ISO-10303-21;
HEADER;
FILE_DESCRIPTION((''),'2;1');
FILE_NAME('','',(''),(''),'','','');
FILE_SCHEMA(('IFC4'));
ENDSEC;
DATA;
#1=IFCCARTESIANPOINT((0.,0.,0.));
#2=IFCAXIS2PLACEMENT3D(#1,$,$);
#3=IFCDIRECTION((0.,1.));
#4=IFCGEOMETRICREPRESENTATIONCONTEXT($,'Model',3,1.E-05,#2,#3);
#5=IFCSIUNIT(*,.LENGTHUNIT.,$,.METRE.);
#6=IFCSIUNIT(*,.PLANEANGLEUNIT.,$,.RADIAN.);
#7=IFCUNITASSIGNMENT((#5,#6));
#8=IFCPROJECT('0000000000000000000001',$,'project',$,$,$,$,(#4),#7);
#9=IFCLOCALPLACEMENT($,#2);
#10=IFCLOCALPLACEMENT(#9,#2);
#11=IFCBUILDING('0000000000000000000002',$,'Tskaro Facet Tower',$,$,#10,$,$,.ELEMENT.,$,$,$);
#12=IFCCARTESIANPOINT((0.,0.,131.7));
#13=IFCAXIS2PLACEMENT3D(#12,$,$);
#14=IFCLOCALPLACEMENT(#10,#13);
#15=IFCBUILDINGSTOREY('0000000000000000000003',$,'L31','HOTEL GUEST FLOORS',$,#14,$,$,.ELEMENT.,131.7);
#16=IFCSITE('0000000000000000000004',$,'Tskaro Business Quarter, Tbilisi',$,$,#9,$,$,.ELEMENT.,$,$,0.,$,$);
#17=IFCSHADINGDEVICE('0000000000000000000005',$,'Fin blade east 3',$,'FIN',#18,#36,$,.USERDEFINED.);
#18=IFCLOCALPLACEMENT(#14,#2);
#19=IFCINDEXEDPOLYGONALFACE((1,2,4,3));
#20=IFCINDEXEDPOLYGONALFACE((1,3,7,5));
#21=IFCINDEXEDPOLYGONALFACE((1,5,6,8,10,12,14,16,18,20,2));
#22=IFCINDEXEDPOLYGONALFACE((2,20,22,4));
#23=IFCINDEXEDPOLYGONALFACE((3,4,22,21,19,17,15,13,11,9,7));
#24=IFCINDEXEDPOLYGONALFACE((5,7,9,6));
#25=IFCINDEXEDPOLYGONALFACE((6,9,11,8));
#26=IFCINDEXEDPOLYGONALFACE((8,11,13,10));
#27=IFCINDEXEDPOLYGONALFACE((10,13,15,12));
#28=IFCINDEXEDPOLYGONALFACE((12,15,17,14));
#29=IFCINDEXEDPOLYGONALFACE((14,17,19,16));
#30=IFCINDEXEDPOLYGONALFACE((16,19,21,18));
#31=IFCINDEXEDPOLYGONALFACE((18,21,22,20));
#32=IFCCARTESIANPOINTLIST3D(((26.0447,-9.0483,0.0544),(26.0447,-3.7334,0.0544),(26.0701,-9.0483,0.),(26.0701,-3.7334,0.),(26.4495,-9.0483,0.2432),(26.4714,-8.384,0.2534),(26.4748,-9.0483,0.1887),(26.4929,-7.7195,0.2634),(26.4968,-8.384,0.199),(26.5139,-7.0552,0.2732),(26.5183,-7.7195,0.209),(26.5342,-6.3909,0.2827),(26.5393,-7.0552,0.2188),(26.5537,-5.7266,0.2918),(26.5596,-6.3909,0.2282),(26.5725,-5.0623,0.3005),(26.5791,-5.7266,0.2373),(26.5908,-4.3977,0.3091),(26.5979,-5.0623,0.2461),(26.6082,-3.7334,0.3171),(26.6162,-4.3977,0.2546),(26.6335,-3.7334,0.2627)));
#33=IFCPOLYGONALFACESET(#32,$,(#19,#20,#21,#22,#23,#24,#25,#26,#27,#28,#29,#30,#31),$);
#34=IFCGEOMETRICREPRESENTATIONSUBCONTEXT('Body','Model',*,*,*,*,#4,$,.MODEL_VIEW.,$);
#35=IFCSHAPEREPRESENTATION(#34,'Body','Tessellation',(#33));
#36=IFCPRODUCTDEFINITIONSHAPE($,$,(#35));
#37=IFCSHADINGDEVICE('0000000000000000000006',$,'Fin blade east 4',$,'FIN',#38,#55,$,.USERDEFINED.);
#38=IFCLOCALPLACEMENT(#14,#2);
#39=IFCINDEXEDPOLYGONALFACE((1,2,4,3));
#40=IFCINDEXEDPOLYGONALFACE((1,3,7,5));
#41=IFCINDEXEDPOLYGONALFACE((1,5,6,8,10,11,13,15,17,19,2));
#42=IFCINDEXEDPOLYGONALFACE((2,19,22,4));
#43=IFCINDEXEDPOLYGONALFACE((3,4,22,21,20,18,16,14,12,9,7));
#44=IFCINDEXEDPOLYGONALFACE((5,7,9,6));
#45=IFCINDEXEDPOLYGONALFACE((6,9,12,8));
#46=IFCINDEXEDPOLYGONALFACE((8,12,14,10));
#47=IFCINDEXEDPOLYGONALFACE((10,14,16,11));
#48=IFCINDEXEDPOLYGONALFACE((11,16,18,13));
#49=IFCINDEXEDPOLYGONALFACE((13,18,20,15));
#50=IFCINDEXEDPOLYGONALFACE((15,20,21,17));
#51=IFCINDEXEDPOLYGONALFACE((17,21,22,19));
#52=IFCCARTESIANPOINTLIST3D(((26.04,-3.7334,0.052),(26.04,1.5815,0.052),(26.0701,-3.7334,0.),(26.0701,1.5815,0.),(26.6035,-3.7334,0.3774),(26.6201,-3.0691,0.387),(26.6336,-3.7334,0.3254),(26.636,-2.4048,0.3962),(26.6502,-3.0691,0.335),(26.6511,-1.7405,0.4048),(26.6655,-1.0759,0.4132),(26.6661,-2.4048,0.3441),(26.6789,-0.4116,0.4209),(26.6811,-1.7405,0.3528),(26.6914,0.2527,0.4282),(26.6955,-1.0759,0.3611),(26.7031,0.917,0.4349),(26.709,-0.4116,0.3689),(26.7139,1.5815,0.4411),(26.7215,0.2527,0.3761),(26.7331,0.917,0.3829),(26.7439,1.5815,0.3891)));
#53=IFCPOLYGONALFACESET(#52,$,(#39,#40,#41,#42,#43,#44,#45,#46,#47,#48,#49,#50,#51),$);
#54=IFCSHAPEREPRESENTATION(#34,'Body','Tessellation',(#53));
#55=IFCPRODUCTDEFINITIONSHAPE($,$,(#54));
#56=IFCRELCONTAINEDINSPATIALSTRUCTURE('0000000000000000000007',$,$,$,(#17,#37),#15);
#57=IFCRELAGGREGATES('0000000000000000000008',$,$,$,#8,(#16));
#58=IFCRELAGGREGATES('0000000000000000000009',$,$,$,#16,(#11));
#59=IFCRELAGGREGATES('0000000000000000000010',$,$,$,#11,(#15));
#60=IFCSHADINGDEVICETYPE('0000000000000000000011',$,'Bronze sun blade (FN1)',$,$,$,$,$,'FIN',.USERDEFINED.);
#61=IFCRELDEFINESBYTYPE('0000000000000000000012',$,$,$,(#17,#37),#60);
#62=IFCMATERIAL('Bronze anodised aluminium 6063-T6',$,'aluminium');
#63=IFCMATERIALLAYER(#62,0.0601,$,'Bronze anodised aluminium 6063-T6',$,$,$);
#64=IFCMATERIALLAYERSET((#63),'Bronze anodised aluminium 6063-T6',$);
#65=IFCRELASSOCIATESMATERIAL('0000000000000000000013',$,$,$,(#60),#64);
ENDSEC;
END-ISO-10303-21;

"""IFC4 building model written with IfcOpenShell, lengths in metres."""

from ifc_helpers import new_model, si_unit, direction, frame, origin, place, context, subcontext, project, spatial, polyline, outline, extrude, material, layer, layer_set, type_object, element, save


model = new_model("IFC4")

# Units and contexts
model_context = context("Model", 3, precision=1e-05, world=origin(), true_north=direction((0.0, 1.0)))
body_context = subcontext(model_context, "Body", "Model", "MODEL_VIEW")
ifc_project = project(units=[si_unit("LENGTHUNIT", "METRE"), si_unit("PLANEANGLEUNIT", "RADIAN")], contexts=[model_context])

# Site, building, storey
site_placement = place(None, origin())
site = spatial("IfcSite", under=ifc_project, at=site_placement, Name="Tskaro Business Quarter, Tbilisi", CompositionType="ELEMENT", RefElevation=0.0)
building_placement = place(site_placement, origin())
building = spatial("IfcBuilding", under=site, at=building_placement, Name="Tskaro Facet Tower", CompositionType="ELEMENT")
storey_placement = place(building_placement, frame((0.0, 0.0, 131.7)))
storey = spatial("IfcBuildingStorey", under=building, at=storey_placement, Name="L31", Description="HOTEL GUEST FLOORS", CompositionType="ELEMENT", Elevation=131.7)

# Shared definitions
ifc_material_1 = material(Name="Bronze anodised aluminium 6063-T6", Category="aluminium")

# Shading devices
ifc_layer_1 = layer(ifc_material_1, 0.0601, Name="Bronze anodised aluminium 6063-T6")
ifc_layer_set_1 = layer_set([ifc_layer_1], Name="Bronze anodised aluminium 6063-T6")
shading_device_type = type_object("IfcShadingDeviceType", Name="Bronze sun blade (FN1)", ElementType="FIN", PredefinedType="USERDEFINED", material=ifc_layer_set_1)
shading_device_1_placement = place(storey_placement, frame((26.0447, -9.0483, 0.0544), z_axis=(-0.422564, 0.000001, 0.906333), x_axis=(0.000001, 1.0, -0.000001)))
element("IfcShadingDevice", 1, at=shading_device_1_placement, inside=storey, type_object=shading_device_type, Name="Fin blade east 3", ObjectType="FIN", PredefinedType="USERDEFINED", context=body_context, shape_type="SweptSolid", body=[
    extrude(outline(polyline([(0.0, 0.0), (5.3149, 0.0), (5.3149, -0.6217), (4.6506, -0.6026), (3.9861, -0.5824), (3.3218, -0.5616), (2.6575, -0.5401), (1.9932, -0.5177), (1.3289, -0.4946), (0.6643, -0.4709), (0.0, -0.4466), (0.0, 0.0)])), origin(), (0.0, 0.0, -1.0), 0.0601),
])
shading_device_2_placement = place(storey_placement, frame((26.04, -3.7334, 0.052), z_axis=(-0.500055, -0.000001, 0.865993), x_axis=(0.0, 1.0, 0.000001)))
element("IfcShadingDevice", 2, at=shading_device_2_placement, inside=storey, type_object=shading_device_type, Name="Fin blade east 4", ObjectType="FIN", PredefinedType="USERDEFINED", context=body_context, shape_type="SweptSolid", body=[
    extrude(outline(polyline([(0.0, 0.0), (5.3149, 0.0), (5.3149, -0.7781), (4.6504, -0.7657), (3.9861, -0.7522), (3.3218, -0.7378), (2.6575, -0.7222), (1.9929, -0.7056), (1.3286, -0.6882), (0.6643, -0.6698), (0.0, -0.6507), (0.0, 0.0)])), origin(), (0.0, 0.0, -1.0), 0.0601),
])

save(model, "model.ifc")
